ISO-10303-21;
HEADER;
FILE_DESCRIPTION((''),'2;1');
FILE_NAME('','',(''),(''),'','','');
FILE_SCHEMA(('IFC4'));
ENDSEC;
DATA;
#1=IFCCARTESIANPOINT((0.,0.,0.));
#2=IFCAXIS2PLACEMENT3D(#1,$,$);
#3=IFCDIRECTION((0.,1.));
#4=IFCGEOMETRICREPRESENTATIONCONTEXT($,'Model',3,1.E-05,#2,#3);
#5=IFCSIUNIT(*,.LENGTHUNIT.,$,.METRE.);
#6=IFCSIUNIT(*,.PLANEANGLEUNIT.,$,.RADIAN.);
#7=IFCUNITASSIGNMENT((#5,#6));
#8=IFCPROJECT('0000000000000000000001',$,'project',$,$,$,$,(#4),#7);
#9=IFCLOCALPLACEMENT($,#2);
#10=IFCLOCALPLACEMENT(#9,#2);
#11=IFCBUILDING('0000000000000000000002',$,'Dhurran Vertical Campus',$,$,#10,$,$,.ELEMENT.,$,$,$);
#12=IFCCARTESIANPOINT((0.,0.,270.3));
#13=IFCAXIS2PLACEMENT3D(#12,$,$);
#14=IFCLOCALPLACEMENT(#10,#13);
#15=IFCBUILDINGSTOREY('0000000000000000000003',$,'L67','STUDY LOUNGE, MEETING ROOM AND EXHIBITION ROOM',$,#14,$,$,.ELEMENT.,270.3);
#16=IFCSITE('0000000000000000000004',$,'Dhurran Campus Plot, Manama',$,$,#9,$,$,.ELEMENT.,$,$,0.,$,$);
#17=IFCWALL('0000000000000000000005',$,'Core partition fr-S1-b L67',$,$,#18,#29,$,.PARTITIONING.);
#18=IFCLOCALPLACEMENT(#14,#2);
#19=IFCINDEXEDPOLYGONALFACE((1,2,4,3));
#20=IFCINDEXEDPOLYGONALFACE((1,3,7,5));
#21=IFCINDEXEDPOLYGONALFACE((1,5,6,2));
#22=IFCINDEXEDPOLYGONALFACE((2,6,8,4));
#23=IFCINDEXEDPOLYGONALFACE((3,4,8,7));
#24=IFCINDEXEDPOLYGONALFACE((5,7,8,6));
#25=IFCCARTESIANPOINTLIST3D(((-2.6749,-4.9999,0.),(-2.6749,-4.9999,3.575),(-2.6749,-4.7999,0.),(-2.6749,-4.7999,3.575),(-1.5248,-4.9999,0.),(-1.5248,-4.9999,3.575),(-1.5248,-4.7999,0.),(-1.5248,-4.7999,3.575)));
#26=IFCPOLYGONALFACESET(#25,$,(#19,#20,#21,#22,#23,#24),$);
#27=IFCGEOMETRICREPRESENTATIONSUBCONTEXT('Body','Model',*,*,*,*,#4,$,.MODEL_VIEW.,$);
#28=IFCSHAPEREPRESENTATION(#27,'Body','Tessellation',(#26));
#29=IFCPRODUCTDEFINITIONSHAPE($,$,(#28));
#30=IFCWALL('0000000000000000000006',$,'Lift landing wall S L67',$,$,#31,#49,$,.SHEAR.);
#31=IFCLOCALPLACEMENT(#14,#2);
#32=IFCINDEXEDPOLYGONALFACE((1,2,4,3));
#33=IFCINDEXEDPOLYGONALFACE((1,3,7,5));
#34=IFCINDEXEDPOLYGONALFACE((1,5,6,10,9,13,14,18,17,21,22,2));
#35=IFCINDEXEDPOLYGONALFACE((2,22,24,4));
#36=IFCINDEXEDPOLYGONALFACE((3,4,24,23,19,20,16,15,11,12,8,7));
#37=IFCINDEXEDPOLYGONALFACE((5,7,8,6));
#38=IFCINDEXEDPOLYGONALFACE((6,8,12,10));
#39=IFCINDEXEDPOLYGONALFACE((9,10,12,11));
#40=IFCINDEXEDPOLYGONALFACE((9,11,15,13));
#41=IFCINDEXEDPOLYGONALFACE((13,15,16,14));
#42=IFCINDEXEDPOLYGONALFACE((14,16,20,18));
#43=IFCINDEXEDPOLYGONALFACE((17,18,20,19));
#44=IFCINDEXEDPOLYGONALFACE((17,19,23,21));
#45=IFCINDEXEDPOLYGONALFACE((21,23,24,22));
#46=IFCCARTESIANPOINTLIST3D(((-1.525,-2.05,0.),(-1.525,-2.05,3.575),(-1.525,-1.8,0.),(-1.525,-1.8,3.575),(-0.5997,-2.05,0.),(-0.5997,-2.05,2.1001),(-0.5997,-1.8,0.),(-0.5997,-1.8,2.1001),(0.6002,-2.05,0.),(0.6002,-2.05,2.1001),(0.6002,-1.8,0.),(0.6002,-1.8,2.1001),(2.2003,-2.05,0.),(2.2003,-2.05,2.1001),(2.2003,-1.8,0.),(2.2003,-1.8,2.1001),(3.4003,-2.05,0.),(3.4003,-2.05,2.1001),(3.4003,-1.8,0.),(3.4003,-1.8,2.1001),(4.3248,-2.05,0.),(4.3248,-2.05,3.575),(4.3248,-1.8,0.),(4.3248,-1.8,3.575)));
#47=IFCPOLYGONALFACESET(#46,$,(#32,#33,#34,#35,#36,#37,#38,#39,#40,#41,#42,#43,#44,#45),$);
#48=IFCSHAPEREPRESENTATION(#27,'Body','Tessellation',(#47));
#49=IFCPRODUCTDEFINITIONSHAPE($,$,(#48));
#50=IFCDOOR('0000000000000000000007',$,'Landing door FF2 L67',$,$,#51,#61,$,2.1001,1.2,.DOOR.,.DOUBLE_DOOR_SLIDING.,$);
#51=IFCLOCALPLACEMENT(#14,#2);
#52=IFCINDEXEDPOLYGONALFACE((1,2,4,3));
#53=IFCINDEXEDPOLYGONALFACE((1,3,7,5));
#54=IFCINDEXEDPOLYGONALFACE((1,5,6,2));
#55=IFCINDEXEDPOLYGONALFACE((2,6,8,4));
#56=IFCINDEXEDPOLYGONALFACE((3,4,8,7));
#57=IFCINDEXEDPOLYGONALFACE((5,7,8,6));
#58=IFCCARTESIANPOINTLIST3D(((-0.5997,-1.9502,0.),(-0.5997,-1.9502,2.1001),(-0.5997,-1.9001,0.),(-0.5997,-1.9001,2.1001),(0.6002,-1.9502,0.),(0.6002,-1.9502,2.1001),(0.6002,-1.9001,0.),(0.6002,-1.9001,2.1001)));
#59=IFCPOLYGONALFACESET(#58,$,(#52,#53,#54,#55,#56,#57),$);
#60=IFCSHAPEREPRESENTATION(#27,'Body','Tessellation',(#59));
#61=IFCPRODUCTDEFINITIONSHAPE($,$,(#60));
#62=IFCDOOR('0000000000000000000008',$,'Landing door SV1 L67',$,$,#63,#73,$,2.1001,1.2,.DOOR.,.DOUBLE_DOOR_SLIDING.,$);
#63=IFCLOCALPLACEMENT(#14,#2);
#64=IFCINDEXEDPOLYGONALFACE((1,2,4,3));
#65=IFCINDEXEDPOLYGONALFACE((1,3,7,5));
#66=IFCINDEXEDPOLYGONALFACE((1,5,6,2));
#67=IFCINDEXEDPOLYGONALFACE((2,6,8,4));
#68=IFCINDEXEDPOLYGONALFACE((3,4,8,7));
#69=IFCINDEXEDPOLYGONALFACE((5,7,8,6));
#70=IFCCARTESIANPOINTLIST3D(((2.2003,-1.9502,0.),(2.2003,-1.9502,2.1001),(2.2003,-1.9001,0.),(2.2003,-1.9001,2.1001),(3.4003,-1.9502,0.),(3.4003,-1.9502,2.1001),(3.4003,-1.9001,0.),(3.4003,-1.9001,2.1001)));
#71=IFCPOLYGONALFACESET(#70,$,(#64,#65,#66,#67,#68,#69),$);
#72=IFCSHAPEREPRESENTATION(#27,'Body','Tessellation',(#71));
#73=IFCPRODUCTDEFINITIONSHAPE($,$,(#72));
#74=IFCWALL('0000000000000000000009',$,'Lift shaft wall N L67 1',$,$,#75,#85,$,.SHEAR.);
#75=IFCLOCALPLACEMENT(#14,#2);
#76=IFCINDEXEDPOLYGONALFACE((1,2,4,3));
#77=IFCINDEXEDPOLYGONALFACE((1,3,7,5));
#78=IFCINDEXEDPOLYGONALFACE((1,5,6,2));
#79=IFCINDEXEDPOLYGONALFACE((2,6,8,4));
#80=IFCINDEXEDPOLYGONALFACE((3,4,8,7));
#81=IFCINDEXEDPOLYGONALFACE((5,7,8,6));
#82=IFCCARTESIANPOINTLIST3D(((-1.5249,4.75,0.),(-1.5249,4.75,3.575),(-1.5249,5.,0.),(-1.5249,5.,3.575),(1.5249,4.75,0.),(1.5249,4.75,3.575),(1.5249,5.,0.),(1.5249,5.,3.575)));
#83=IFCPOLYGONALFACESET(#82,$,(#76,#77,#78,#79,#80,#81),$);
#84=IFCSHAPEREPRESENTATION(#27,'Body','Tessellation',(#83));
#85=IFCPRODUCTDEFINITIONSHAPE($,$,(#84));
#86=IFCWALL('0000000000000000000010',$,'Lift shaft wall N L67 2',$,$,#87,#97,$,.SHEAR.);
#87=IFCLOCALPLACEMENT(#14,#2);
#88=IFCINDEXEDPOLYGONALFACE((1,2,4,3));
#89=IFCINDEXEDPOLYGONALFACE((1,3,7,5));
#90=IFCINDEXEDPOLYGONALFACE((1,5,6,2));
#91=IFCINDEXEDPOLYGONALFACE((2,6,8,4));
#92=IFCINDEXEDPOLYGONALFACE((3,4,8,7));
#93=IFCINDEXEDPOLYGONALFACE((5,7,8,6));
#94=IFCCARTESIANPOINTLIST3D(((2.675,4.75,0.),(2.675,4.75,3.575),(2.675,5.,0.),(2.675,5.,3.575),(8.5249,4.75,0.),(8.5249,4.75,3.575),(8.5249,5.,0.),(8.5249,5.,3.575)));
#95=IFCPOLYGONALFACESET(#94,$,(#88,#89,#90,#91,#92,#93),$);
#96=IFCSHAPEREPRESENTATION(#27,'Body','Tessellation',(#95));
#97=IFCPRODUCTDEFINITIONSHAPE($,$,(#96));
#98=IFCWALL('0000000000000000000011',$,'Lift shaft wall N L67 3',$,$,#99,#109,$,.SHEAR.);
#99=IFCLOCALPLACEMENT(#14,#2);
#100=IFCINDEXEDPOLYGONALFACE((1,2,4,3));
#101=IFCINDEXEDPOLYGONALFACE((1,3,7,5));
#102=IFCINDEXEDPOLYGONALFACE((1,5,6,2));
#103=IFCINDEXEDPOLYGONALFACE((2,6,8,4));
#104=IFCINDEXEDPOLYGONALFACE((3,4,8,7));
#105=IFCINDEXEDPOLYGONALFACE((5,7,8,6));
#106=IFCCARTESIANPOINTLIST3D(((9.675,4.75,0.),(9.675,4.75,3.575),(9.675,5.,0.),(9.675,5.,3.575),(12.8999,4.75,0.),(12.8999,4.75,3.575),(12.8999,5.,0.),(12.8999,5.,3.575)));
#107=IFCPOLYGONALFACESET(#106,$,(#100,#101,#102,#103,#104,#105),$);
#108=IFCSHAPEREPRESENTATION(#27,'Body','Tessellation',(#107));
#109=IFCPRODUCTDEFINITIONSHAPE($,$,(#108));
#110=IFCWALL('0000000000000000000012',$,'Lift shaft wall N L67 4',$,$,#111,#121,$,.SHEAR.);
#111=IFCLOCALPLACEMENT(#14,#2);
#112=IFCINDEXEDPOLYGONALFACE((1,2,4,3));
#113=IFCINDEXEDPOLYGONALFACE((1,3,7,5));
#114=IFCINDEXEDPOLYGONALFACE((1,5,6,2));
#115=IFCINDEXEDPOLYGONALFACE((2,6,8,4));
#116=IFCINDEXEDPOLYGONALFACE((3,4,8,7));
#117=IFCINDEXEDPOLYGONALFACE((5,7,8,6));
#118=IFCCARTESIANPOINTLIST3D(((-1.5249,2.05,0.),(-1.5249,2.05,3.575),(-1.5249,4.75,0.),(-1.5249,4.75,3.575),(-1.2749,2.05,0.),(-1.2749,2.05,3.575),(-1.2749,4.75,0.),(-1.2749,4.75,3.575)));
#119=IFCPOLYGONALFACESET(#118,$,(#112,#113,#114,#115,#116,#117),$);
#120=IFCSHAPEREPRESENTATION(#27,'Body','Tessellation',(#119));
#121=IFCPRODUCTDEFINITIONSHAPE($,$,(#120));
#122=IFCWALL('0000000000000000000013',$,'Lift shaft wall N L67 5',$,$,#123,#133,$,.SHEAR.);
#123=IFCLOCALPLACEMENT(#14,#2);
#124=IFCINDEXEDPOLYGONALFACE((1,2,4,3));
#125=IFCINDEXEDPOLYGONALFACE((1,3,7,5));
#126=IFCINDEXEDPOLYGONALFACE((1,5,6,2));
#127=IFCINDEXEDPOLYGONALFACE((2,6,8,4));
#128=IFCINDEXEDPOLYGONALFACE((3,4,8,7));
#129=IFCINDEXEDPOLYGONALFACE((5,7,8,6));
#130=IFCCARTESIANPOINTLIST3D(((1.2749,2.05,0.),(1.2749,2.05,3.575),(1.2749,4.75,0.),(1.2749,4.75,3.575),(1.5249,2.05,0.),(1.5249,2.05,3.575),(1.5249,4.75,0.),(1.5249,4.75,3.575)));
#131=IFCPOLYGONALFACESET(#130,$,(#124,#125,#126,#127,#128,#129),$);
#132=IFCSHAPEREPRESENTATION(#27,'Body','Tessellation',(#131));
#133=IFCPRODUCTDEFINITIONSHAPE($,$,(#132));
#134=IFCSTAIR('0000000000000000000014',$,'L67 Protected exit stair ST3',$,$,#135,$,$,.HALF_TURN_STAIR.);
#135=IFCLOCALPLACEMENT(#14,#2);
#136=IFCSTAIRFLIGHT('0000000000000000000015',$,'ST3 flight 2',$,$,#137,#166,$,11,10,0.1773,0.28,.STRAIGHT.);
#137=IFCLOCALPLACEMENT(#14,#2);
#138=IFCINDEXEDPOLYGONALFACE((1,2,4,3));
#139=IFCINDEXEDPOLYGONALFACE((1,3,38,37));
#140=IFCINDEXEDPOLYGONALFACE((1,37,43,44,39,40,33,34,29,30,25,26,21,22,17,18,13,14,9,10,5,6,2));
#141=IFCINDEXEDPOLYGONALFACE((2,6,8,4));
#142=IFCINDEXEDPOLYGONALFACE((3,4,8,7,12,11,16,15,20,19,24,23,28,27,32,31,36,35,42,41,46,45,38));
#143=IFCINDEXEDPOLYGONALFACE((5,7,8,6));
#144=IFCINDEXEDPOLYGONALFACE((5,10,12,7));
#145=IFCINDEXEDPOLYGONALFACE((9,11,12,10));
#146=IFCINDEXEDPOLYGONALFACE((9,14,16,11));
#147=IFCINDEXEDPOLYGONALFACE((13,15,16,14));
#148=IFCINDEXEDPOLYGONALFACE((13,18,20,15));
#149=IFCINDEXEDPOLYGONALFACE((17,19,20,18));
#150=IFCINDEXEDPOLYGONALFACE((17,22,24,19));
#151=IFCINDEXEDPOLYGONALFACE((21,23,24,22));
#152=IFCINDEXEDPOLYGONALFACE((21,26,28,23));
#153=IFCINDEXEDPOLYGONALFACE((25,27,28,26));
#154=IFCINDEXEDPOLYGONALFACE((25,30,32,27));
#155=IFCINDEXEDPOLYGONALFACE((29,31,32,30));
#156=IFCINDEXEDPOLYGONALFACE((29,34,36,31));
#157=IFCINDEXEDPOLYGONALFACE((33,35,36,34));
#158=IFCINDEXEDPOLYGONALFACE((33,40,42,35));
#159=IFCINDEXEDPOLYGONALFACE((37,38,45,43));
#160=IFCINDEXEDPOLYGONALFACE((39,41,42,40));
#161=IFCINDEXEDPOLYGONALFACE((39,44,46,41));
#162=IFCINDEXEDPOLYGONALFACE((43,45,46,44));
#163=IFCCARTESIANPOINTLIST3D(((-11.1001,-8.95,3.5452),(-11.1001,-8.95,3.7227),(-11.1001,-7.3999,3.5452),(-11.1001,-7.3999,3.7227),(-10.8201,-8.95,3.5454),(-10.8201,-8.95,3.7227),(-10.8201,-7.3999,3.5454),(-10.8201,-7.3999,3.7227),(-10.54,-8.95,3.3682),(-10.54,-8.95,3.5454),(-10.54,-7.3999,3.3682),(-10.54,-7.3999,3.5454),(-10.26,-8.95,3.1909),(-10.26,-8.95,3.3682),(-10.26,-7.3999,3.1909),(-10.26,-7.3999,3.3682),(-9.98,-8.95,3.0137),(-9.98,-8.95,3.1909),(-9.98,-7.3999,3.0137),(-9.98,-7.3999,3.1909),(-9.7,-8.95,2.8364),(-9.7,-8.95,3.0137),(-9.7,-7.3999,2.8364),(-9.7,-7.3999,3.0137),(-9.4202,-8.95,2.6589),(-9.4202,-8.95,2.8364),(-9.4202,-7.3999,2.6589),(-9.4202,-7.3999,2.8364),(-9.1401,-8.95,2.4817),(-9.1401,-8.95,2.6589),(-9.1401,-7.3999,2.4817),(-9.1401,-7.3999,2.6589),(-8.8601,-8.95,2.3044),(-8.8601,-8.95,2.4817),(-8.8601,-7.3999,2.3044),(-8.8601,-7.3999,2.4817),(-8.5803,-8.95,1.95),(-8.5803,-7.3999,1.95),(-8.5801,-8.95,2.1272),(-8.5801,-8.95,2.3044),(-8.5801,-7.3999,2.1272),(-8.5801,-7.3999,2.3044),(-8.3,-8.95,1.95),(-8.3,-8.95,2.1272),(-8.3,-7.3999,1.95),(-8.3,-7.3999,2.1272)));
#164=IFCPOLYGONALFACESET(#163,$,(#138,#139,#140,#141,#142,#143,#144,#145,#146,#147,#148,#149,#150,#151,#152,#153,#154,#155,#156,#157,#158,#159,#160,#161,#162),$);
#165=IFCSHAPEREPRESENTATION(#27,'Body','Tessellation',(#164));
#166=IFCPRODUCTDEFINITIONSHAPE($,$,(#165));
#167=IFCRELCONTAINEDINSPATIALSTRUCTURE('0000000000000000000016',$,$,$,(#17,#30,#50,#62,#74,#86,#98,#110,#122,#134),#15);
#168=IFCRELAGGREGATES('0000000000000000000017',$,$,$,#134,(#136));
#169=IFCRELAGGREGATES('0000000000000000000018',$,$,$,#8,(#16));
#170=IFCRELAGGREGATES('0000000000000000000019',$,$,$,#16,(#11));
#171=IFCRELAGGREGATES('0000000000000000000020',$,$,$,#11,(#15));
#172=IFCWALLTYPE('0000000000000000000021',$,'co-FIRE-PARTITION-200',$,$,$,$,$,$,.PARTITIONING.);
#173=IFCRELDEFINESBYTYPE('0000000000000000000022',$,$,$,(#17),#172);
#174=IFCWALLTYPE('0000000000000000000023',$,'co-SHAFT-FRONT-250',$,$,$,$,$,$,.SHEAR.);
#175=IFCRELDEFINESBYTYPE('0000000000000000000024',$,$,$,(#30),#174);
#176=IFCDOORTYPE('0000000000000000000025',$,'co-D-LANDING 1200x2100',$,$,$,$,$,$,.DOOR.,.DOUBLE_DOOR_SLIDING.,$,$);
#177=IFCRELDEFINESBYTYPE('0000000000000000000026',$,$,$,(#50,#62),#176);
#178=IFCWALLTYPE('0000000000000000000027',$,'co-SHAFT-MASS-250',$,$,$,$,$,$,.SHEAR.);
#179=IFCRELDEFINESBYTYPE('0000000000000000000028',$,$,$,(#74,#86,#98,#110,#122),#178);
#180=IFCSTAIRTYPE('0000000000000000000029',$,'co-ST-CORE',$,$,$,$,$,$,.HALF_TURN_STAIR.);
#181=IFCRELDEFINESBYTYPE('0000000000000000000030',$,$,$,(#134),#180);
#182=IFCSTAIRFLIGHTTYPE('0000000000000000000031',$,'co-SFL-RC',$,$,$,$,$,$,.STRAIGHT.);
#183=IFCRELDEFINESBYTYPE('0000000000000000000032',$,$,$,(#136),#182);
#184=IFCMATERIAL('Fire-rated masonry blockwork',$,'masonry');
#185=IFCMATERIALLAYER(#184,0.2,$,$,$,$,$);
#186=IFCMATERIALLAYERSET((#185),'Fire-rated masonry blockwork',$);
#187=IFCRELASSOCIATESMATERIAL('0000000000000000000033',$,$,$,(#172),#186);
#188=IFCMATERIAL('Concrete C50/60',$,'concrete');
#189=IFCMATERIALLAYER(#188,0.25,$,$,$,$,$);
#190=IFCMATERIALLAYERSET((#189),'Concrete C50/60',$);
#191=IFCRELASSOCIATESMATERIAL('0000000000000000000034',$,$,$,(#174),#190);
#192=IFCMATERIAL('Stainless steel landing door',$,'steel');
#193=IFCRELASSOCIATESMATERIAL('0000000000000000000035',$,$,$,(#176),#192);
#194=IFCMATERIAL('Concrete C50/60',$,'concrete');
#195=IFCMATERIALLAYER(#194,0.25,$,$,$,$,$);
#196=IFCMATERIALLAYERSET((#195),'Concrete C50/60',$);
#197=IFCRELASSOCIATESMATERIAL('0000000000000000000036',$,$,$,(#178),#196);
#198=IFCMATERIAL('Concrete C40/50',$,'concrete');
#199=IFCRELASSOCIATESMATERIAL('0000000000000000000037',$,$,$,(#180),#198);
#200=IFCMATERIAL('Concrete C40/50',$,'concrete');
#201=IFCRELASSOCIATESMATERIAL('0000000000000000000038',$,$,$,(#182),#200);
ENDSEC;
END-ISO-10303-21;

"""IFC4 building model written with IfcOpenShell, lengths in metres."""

from ifc_helpers import new_model, si_unit, direction, frame, frame_2d, origin, place, context, subcontext, project, spatial, polyline, rectangle, outline, extrude, material, layer, layer_set, type_object, element, fill, aggregate, save


model = new_model("IFC4")

# Units and contexts
model_context = context("Model", 3, precision=1e-05, world=origin(), true_north=direction((0.0, 1.0)))
body_context = subcontext(model_context, "Body", "Model", "MODEL_VIEW")
ifc_project = project(units=[si_unit("LENGTHUNIT", "METRE"), si_unit("PLANEANGLEUNIT", "RADIAN")], contexts=[model_context])

# Site, building, storey
site_placement = place(None, origin())
site = spatial("IfcSite", under=ifc_project, at=site_placement, Name="Dhurran Campus Plot, Manama", CompositionType="ELEMENT", RefElevation=0.0)
building_placement = place(site_placement, origin())
building = spatial("IfcBuilding", under=site, at=building_placement, Name="Dhurran Vertical Campus", CompositionType="ELEMENT")
storey_placement = place(building_placement, frame((0.0, 0.0, 270.3)))
storey = spatial("IfcBuildingStorey", under=building, at=storey_placement, Name="L67", Description="STUDY LOUNGE, MEETING ROOM AND EXHIBITION ROOM", CompositionType="ELEMENT", Elevation=270.3)

# Shared definitions
ifc_material_1 = material(Name="Fire-rated masonry blockwork", Category="masonry")
ifc_layer_1 = layer(ifc_material_1, 0.2)
ifc_layer_set_1 = layer_set([ifc_layer_1], Name="Fire-rated masonry blockwork")
wall_type_1 = type_object("IfcWallType", Name="co-FIRE-PARTITION-200", PredefinedType="PARTITIONING", material=ifc_layer_set_1)

# Wall
wall_1_placement = place(storey_placement, frame((-2.675, -4.8999, 0.0), z_axis=(0.0, 0.0, 1.0), x_axis=(1.0, 0.0, 0.0)))
element("IfcWall", 1, at=wall_1_placement, inside=storey, type_object=wall_type_1, Name="Core partition fr-S1-b L67", PredefinedType="PARTITIONING", context=body_context, shape_type="SweptSolid", body=[
    extrude(rectangle(XDim=1.1501, YDim=0.2, at=frame_2d((0.5752, 0.0))), origin(), (0.0, 0.0, 1.0), 3.575),
])

# Wall, openings, doors
ifc_material_2 = material(Name="Concrete C50/60", Category="concrete")
ifc_layer_2 = layer(ifc_material_2, 0.25)
ifc_layer_set_2 = layer_set([ifc_layer_2], Name="Concrete C50/60")
wall_type_2 = type_object("IfcWallType", Name="co-SHAFT-FRONT-250", PredefinedType="SHEAR", material=ifc_layer_set_2)
wall_2_placement = place(storey_placement, frame((-1.5249, -1.925, 0.0), z_axis=(0.0, 0.0, 1.0), x_axis=(1.0, 0.0, 0.0)))
wall_2 = element("IfcWall", 2, at=wall_2_placement, inside=storey, type_object=wall_type_2, Name="Lift landing wall S L67", PredefinedType="SHEAR", context=body_context, shape_type="SweptSolid", body=[
    extrude(rectangle(XDim=5.8499, YDim=0.25, at=frame_2d((2.9248, 0.0))), origin(), (0.0, 0.0, 1.0), 3.575),
])
opening_1_placement = place(wall_2_placement, frame((0.925, 0.0, 0.0)))
opening_1 = element("IfcOpeningElement", 3, at=opening_1_placement, cuts=wall_2, PredefinedType="OPENING", context=body_context, shape_type="SweptSolid", body=[
    extrude(rectangle(XDim=1.2, YDim=2.1001, at=frame_2d((0.6001, 1.05))), frame((0.0, 0.135, 0.0), z_axis=(0.0, -1.0, 0.0), x_axis=(1.0, 0.0, 0.0)), (0.0, 0.0, 1.0), 0.27),
])
opening_2_placement = place(wall_2_placement, frame((3.7251, 0.0, 0.0)))
opening_2 = element("IfcOpeningElement", 4, at=opening_2_placement, cuts=wall_2, PredefinedType="OPENING", context=body_context, shape_type="SweptSolid", body=[
    extrude(rectangle(XDim=1.2, YDim=2.1001, at=frame_2d((0.6001, 1.05))), frame((0.0, 0.135, 0.0), z_axis=(0.0, -1.0, 0.0), x_axis=(1.0, 0.0, 0.0)), (0.0, 0.0, 1.0), 0.27),
])
ifc_material_3 = material(Name="Stainless steel landing door", Category="steel")
door_type_1 = type_object("IfcDoorType", Name="co-D-LANDING 1200x2100", OperationType="DOUBLE_DOOR_SLIDING", PredefinedType="DOOR", material=ifc_material_3)
door_1_placement = place(opening_1_placement, origin())
door_1 = element("IfcDoor", 5, at=door_1_placement, inside=storey, type_object=door_type_1, Name="Landing door FF2 L67", OperationType="DOUBLE_DOOR_SLIDING", OverallHeight=2.1001, OverallWidth=1.2, PredefinedType="DOOR", context=body_context, shape_type="SweptSolid", body=[
    extrude(rectangle(XDim=1.2, YDim=2.1001, at=frame_2d((0.6001, 1.05))), frame((0.0, 0.0249, 0.0), z_axis=(0.0, -1.0, 0.0), x_axis=(1.0, 0.0, 0.0)), (0.0, 0.0, 1.0), 0.05),
])
fill(opening_1, door_1)
door_2_placement = place(opening_2_placement, origin())
door_2 = element("IfcDoor", 6, at=door_2_placement, inside=storey, type_object=door_type_1, Name="Landing door SV1 L67", OperationType="DOUBLE_DOOR_SLIDING", OverallHeight=2.1001, OverallWidth=1.2, PredefinedType="DOOR", context=body_context, shape_type="SweptSolid", body=[
    extrude(rectangle(XDim=1.2, YDim=2.1001, at=frame_2d((0.6001, 1.05))), frame((0.0, 0.0249, 0.0), z_axis=(0.0, -1.0, 0.0), x_axis=(1.0, 0.0, 0.0)), (0.0, 0.0, 1.0), 0.05),
])
fill(opening_2, door_2)

# Walls
ifc_material_4 = material(Name="Concrete C50/60", Category="concrete")
ifc_layer_3 = layer(ifc_material_4, 0.25)
ifc_layer_set_3 = layer_set([ifc_layer_3], Name="Concrete C50/60")
wall_type_3 = type_object("IfcWallType", Name="co-SHAFT-MASS-250", PredefinedType="SHEAR", material=ifc_layer_set_3)
wall_3_placement = place(storey_placement, origin())
element("IfcWall", 7, at=wall_3_placement, inside=storey, type_object=wall_type_3, Name="Lift shaft wall N L67 1", PredefinedType="SHEAR", context=body_context, shape_type="SweptSolid", body=[
    extrude(outline(polyline([(-1.5249, 4.75), (1.5249, 4.75), (1.5249, 5.0), (-1.5249, 5.0), (-1.5249, 4.75)])), origin(), (0.0, 0.0, 1.0), 3.575),
])
wall_4_placement = place(storey_placement, origin())
element("IfcWall", 8, at=wall_4_placement, inside=storey, type_object=wall_type_3, Name="Lift shaft wall N L67 2", PredefinedType="SHEAR", context=body_context, shape_type="SweptSolid", body=[
    extrude(outline(polyline([(2.675, 4.75), (8.5249, 4.75), (8.5249, 5.0), (2.675, 5.0), (2.675, 4.75)])), origin(), (0.0, 0.0, 1.0), 3.575),
])
wall_5_placement = place(storey_placement, origin())
element("IfcWall", 9, at=wall_5_placement, inside=storey, type_object=wall_type_3, Name="Lift shaft wall N L67 3", PredefinedType="SHEAR", context=body_context, shape_type="SweptSolid", body=[
    extrude(outline(polyline([(9.675, 4.75), (12.8999, 4.75), (12.8999, 5.0), (9.675, 5.0), (9.675, 4.75)])), origin(), (0.0, 0.0, 1.0), 3.575),
])
wall_6_placement = place(storey_placement, origin())
element("IfcWall", 10, at=wall_6_placement, inside=storey, type_object=wall_type_3, Name="Lift shaft wall N L67 4", PredefinedType="SHEAR", context=body_context, shape_type="SweptSolid", body=[
    extrude(outline(polyline([(-1.5249, 2.05), (-1.2749, 2.05), (-1.2749, 4.75), (-1.5249, 4.75), (-1.5249, 2.05)])), origin(), (0.0, 0.0, 1.0), 3.575),
])
wall_7_placement = place(storey_placement, origin())
element("IfcWall", 11, at=wall_7_placement, inside=storey, type_object=wall_type_3, Name="Lift shaft wall N L67 5", PredefinedType="SHEAR", context=body_context, shape_type="SweptSolid", body=[
    extrude(outline(polyline([(1.2749, 2.05), (1.5249, 2.05), (1.5249, 4.75), (1.2749, 4.75), (1.2749, 2.05)])), origin(), (0.0, 0.0, 1.0), 3.575),
])

# Stair, stair flight
ifc_material_5 = material(Name="Concrete C40/50", Category="concrete")
stair_type = type_object("IfcStairType", Name="co-ST-CORE", PredefinedType="HALF_TURN_STAIR", material=ifc_material_5)
stair_placement = place(storey_placement, origin())
stair = element("IfcStair", 12, at=stair_placement, inside=storey, type_object=stair_type, Name="L67 Protected exit stair ST3", PredefinedType="HALF_TURN_STAIR")
ifc_material_6 = material(Name="Concrete C40/50", Category="concrete")
stair_flight_type = type_object("IfcStairFlightType", Name="co-SFL-RC", PredefinedType="STRAIGHT", material=ifc_material_6)
stair_flight_placement = place(storey_placement, frame((-8.3, -8.175, 1.95), z_axis=(0.0, 0.0, 1.0), x_axis=(-1.0, 0.0, 0.0)))
stair_flight = element("IfcStairFlight", 13, at=stair_flight_placement, type_object=stair_flight_type, Name="ST3 flight 2", NumberOfRisers=11, NumberOfTreads=10, PredefinedType="STRAIGHT", RiserHeight=0.1773, TreadLength=0.28, context=body_context, shape_type="SweptSolid", body=[
    extrude(outline(polyline([(0.0, 0.0), (0.0, 0.1772), (0.28, 0.1772), (0.28, 0.3545), (0.5601, 0.3545), (0.5601, 0.5317), (0.8401, 0.5317), (0.8401, 0.709), (1.1201, 0.709), (1.1201, 0.8865), (1.3999, 0.8865), (1.3999, 1.0637), (1.6799, 1.0637), (1.6799, 1.241), (1.96, 1.241), (1.96, 1.4182), (2.24, 1.4182), (2.24, 1.5955), (2.52, 1.5955), (2.52, 1.7727), (2.8, 1.7727), (2.8, 1.95), (2.8, 1.5952), (0.2803, 0.0), (0.0, 0.0)])), frame((0.0, 0.7749, 0.0), z_axis=(0.0, -1.0, 0.0), x_axis=(1.0, 0.0, 0.0)), (0.0, 0.0, 1.0), 1.55),
])
aggregate(stair, [stair_flight])

save(model, "model.ifc")
